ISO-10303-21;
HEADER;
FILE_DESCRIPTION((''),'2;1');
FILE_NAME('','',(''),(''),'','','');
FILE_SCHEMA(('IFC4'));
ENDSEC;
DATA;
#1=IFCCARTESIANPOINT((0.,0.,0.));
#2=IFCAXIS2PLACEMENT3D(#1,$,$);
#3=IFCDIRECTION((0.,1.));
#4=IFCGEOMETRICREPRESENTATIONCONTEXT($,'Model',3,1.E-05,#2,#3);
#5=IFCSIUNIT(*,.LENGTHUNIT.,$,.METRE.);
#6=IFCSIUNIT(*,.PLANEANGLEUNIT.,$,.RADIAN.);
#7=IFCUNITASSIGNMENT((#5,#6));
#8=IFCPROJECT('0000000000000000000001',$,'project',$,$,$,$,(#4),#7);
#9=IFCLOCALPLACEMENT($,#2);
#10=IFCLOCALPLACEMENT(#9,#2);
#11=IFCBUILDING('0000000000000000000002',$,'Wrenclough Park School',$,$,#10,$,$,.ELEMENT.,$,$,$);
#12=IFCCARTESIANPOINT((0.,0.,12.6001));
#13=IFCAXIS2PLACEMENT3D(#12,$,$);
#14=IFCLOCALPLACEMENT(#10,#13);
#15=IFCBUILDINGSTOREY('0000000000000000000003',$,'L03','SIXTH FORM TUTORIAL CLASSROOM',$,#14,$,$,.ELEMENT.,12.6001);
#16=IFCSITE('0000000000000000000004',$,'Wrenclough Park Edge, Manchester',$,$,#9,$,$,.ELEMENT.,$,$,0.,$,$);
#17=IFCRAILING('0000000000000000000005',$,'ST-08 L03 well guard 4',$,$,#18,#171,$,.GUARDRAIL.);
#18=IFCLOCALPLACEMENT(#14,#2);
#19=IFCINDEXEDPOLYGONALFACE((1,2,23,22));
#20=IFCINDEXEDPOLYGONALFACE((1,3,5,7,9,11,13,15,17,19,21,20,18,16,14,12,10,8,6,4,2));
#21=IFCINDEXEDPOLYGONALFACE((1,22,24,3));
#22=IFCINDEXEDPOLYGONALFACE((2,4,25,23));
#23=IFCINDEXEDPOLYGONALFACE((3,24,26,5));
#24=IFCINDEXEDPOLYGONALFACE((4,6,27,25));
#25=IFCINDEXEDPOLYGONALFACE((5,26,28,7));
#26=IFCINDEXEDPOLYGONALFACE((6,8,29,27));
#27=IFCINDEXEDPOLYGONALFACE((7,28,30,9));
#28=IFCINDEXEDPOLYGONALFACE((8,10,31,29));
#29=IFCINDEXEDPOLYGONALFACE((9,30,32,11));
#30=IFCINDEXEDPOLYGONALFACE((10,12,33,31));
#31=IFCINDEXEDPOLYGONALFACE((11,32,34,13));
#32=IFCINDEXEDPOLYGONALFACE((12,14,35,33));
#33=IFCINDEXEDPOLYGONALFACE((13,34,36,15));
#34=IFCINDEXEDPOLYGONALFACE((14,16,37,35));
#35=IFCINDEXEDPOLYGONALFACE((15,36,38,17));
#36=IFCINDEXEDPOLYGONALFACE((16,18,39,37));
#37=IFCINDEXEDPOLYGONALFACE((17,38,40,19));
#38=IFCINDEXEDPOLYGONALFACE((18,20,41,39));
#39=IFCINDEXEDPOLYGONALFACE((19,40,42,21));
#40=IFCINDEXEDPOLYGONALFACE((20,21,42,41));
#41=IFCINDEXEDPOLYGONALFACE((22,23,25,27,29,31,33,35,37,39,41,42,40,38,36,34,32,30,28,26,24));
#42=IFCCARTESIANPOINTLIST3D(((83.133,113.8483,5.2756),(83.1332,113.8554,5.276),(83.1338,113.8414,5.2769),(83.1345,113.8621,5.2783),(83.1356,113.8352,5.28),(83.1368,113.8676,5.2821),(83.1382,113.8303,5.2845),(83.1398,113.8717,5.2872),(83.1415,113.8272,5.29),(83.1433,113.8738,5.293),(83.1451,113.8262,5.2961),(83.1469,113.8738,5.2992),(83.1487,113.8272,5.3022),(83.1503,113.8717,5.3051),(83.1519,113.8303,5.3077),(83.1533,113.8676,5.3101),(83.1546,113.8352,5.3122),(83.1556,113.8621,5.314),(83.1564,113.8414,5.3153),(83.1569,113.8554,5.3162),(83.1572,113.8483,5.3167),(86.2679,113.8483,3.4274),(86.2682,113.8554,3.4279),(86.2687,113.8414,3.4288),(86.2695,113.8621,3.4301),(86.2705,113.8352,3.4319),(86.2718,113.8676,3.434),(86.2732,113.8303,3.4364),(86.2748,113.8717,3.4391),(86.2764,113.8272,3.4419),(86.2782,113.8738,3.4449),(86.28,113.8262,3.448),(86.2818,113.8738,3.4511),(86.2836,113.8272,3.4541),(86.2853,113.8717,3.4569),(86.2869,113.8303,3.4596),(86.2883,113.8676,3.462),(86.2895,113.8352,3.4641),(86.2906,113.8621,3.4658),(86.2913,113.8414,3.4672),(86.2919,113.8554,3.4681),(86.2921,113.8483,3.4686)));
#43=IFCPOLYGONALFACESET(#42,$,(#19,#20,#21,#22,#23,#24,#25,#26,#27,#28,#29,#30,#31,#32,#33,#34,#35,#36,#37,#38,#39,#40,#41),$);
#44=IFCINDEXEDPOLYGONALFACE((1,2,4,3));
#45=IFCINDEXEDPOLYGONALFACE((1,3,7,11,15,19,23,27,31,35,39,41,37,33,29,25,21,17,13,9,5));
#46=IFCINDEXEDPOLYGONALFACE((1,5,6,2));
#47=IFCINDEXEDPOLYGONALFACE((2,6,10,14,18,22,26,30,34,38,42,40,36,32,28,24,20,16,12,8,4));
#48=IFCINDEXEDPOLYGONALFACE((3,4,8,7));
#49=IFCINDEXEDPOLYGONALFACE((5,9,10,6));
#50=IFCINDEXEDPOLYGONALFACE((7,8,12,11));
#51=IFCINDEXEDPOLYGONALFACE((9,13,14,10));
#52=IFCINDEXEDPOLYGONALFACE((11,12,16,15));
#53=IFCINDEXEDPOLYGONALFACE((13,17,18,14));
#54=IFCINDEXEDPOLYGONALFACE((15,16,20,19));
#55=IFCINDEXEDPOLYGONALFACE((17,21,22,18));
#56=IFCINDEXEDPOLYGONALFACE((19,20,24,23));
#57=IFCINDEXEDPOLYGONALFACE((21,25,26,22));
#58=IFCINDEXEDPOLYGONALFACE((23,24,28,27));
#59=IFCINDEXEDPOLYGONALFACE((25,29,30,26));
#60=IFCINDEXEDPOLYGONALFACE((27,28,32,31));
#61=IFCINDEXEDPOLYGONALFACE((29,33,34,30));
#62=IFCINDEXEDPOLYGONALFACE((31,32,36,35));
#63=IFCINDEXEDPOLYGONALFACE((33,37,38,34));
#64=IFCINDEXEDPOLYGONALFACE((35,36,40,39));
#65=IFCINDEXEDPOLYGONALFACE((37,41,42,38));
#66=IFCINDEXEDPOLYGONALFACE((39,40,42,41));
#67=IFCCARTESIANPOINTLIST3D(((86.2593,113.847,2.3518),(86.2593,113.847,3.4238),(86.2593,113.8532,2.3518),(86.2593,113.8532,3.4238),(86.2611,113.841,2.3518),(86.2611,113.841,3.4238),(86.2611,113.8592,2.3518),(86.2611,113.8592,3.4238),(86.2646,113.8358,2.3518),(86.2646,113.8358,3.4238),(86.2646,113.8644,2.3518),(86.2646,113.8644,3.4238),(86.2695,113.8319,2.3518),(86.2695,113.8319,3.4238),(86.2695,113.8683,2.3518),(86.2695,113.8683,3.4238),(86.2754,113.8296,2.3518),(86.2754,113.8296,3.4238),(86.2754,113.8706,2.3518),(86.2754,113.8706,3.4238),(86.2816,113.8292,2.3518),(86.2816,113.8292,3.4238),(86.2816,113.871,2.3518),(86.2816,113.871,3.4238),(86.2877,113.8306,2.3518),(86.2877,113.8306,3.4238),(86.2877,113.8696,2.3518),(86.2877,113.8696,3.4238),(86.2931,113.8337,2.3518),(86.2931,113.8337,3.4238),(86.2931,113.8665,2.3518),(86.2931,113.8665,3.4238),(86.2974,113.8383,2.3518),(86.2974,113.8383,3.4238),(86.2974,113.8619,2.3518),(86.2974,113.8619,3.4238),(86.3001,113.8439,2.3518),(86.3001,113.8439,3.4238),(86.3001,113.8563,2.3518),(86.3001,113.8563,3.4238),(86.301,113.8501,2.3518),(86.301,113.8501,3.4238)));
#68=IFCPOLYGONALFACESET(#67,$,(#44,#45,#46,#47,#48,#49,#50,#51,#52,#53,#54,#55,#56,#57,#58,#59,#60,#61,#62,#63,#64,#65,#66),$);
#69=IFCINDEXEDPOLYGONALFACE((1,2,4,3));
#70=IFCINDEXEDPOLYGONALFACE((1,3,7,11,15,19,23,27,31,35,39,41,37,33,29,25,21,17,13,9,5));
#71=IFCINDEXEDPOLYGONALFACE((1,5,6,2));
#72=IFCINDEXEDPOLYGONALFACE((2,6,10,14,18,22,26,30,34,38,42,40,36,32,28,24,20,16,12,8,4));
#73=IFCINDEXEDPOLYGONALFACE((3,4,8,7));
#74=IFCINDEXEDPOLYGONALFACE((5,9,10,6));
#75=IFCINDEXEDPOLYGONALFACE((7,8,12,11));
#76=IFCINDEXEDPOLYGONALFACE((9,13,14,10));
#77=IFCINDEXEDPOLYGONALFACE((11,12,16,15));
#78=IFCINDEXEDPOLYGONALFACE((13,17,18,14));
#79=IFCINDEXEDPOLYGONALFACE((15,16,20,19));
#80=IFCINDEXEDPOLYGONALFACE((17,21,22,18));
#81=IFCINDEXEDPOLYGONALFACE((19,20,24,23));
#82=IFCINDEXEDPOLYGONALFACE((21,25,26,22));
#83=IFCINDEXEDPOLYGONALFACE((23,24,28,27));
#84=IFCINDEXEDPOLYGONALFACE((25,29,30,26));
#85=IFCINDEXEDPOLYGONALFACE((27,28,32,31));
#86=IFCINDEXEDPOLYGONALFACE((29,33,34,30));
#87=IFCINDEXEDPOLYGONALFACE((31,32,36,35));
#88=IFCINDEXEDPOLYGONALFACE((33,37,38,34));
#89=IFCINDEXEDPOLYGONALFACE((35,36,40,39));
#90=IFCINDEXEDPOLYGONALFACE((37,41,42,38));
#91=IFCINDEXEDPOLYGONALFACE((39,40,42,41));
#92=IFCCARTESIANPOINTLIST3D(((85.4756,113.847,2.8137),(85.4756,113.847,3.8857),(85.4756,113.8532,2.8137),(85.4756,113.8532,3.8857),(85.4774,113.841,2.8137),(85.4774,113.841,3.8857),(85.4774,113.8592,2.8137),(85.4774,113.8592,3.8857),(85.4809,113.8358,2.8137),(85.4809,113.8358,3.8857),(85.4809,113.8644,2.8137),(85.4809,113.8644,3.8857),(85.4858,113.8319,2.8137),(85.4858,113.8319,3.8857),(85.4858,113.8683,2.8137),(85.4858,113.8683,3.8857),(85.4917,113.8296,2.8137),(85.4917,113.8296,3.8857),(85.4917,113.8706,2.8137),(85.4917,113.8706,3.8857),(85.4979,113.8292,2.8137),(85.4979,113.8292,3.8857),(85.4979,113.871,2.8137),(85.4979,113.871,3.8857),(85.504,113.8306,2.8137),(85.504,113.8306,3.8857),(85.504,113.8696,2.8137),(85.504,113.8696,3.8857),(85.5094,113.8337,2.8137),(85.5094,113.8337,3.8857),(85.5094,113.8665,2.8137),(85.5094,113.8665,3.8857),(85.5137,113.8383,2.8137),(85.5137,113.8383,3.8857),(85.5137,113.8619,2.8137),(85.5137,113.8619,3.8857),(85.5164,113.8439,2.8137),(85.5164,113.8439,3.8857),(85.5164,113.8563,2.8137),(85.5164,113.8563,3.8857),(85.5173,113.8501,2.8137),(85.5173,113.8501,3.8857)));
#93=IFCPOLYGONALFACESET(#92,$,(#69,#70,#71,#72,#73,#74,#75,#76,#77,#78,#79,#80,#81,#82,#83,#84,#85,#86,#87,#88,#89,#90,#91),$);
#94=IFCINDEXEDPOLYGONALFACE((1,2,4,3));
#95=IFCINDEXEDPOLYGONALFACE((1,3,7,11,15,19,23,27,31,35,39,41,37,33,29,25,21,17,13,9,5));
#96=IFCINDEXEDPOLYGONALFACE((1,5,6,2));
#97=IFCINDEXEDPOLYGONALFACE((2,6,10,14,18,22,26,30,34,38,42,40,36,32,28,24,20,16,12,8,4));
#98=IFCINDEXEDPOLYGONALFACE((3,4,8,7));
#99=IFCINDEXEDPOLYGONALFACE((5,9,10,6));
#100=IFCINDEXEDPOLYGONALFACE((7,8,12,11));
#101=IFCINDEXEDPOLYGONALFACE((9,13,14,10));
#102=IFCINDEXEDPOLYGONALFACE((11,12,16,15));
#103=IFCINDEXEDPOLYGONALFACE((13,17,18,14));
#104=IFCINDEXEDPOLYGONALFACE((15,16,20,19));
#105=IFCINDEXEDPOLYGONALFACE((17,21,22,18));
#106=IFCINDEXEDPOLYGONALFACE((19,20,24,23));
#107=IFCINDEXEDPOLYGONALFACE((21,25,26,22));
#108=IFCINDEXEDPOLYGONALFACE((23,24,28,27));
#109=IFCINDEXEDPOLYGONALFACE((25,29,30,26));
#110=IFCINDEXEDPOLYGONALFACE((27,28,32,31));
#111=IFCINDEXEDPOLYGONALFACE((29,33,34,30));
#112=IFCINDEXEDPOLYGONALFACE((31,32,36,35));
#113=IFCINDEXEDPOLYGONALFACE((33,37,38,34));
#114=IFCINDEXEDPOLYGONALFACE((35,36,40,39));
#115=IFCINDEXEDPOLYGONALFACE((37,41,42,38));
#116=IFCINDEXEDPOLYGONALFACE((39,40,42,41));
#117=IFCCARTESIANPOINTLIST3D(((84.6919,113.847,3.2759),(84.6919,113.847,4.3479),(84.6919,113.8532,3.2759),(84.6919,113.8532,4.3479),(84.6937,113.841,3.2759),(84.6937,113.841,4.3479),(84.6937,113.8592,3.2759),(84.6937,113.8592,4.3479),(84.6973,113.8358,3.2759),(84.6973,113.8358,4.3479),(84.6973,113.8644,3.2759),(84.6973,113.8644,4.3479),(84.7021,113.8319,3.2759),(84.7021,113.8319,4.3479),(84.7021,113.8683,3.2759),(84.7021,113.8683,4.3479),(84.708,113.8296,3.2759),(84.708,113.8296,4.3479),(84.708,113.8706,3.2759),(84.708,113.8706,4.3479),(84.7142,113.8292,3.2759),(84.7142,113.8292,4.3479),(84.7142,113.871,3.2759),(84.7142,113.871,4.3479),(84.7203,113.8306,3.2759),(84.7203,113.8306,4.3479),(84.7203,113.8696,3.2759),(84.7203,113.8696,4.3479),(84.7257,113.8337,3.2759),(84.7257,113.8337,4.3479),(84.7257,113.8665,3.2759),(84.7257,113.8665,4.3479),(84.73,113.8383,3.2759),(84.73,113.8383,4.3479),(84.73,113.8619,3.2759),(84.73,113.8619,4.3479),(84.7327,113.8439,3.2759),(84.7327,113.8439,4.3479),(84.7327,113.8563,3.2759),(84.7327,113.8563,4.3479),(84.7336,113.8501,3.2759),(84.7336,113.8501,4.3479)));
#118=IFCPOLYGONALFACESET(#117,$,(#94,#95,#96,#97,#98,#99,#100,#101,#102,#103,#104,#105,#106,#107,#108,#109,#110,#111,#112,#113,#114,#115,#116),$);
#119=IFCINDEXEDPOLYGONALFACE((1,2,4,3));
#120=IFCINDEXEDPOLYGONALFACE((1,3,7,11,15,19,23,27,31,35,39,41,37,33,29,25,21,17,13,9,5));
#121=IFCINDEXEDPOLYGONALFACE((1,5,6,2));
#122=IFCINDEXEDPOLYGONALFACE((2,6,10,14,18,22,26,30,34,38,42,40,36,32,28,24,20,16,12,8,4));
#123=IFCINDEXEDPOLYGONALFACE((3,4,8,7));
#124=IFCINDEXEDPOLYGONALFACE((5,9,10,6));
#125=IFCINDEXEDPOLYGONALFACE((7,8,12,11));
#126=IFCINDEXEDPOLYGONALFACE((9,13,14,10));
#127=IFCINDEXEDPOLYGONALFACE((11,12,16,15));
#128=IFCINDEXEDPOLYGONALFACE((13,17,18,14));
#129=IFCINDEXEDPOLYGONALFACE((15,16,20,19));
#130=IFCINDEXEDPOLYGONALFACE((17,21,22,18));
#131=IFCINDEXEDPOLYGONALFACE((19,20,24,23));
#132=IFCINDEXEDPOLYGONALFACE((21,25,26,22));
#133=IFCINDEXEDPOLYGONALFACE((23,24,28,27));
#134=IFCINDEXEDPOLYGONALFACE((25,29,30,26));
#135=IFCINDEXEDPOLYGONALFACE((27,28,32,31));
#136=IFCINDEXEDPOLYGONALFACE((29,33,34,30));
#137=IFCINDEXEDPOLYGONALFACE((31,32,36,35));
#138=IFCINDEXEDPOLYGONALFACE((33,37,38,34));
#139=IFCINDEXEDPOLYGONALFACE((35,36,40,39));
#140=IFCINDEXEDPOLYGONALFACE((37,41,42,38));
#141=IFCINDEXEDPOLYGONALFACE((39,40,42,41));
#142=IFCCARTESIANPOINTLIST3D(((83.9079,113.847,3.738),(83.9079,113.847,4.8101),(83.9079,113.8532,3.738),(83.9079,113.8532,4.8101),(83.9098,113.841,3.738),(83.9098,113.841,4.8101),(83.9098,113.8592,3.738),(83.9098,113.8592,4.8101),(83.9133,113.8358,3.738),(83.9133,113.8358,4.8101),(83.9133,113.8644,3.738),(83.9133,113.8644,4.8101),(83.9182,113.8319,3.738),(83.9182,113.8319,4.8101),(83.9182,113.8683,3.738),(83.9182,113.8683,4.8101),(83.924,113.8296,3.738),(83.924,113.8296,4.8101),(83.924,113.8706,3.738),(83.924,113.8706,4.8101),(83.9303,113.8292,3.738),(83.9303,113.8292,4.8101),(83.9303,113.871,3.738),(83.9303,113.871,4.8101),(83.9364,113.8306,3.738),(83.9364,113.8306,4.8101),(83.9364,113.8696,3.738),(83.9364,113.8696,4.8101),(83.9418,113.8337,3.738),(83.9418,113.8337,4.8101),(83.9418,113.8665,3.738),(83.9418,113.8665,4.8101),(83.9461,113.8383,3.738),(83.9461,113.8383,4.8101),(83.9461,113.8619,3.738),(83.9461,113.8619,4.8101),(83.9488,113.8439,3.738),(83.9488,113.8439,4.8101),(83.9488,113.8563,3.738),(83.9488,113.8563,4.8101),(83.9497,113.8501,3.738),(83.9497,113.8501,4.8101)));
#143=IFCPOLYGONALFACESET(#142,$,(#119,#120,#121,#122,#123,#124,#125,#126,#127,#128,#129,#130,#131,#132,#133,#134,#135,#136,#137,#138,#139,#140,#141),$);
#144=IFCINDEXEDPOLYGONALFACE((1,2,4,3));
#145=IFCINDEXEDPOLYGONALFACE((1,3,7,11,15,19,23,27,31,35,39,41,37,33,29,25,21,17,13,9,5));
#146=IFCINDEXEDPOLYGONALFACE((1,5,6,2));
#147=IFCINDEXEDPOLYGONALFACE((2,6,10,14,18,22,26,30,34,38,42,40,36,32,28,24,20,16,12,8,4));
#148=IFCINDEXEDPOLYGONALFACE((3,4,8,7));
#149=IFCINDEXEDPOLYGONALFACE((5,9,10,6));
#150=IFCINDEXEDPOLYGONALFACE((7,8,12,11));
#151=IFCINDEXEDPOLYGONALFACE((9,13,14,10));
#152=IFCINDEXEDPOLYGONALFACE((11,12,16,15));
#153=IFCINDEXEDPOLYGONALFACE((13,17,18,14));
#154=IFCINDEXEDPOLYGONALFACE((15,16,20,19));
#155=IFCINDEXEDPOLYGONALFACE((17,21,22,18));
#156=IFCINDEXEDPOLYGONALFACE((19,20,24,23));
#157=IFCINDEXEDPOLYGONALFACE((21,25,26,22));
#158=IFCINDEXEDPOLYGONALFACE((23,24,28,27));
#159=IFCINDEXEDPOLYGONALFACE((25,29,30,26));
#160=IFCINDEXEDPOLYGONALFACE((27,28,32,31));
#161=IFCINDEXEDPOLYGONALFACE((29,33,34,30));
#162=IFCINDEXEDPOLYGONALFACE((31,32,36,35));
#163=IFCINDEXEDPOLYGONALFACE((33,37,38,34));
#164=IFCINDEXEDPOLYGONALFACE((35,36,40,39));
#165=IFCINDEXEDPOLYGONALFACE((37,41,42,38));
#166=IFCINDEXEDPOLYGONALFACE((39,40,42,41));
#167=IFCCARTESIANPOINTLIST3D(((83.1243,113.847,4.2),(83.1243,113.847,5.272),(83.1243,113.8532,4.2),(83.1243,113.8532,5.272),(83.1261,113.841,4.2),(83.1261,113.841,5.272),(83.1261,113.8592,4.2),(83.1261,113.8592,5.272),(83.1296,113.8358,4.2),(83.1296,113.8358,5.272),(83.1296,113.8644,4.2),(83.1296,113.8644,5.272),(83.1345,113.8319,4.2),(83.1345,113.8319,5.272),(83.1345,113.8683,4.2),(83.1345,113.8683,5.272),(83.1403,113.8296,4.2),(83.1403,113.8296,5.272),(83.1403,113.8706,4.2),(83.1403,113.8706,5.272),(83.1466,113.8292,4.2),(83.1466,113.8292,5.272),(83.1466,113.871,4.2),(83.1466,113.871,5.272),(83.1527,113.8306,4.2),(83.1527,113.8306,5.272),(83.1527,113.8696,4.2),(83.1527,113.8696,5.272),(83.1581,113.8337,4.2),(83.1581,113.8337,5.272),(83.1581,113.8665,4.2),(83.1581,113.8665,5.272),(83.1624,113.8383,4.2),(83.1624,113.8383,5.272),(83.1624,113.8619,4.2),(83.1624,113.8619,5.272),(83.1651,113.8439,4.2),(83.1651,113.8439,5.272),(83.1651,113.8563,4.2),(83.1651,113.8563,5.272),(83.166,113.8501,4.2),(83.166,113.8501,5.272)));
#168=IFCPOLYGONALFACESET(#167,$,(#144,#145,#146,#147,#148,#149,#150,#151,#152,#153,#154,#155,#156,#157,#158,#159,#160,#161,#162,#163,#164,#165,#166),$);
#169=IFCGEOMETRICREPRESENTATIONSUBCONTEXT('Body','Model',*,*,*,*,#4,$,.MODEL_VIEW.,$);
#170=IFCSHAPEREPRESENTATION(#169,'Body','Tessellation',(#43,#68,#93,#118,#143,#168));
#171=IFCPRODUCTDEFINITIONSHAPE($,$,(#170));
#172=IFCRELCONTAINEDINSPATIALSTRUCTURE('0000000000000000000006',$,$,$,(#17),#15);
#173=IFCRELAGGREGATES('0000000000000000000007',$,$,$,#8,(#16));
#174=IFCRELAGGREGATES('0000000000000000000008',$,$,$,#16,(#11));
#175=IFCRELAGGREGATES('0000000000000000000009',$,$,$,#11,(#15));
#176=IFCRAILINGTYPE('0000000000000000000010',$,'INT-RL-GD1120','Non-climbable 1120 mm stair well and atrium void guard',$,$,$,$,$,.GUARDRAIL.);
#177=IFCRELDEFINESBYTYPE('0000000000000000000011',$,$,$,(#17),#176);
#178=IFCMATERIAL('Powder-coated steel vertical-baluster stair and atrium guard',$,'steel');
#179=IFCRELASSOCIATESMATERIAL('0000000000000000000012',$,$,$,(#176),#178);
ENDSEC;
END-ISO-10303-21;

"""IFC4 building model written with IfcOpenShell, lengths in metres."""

from ifc_helpers import new_model, si_unit, direction, frame, origin, origin_2d, place, context, subcontext, project, spatial, circle, extrude, material, type_object, element, save


model = new_model("IFC4")

# Units and contexts
model_context = context("Model", 3, precision=1e-05, world=origin(), true_north=direction((0.0, 1.0)))
body_context = subcontext(model_context, "Body", "Model", "MODEL_VIEW")
ifc_project = project(units=[si_unit("LENGTHUNIT", "METRE"), si_unit("PLANEANGLEUNIT", "RADIAN")], contexts=[model_context])

# Site, building, storey
site_placement = place(None, origin())
site = spatial("IfcSite", under=ifc_project, at=site_placement, Name="Wrenclough Park Edge, Manchester", CompositionType="ELEMENT", RefElevation=0.0)
building_placement = place(site_placement, origin())
building = spatial("IfcBuilding", under=site, at=building_placement, Name="Wrenclough Park School", CompositionType="ELEMENT")
storey_placement = place(building_placement, frame((0.0, 0.0, 12.6001)))
storey = spatial("IfcBuildingStorey", under=building, at=storey_placement, Name="L03", Description="SIXTH FORM TUTORIAL CLASSROOM", CompositionType="ELEMENT", Elevation=12.6001)

# Railing
ifc_material_1 = material(Name="Powder-coated steel vertical-baluster stair and atrium guard", Category="steel")
railing_type_1 = type_object("IfcRailingType", Name="INT-RL-GD1120", Description="Non-climbable 1120 mm stair well and atrium void guard", PredefinedType="GUARDRAIL", material=ifc_material_1)
railing_1_placement = place(storey_placement, frame((86.28, 113.8501, 2.3518)))
element("IfcRailing", 1, at=railing_1_placement, inside=storey, type_object=railing_type_1, Name="ST-08 L03 well guard 4", PredefinedType="GUARDRAIL", context=body_context, shape_type="SweptSolid", body=[
    extrude(circle(Radius=0.0239, at=origin_2d()), frame((0.0, 0.0, 1.0962), z_axis=(-0.861451, 0.0, 0.507841), x_axis=(0.0, -1.0, 0.0)), (0.0, 0.0, 1.0), 3.6392),
    extrude(circle(Radius=0.021, at=origin_2d()), origin(), (0.0, 0.0, 1.0), 1.072),
    extrude(circle(Radius=0.021, at=origin_2d()), frame((-0.7837, 0.0, 0.4619)), (0.0, 0.0, 1.0), 1.072),
    extrude(circle(Radius=0.021, at=origin_2d()), frame((-1.5674, 0.0, 0.9241)), (0.0, 0.0, 1.0), 1.072),
    extrude(circle(Radius=0.021, at=origin_2d()), frame((-2.3513, 0.0, 1.3862)), (0.0, 0.0, 1.0), 1.072),
    extrude(circle(Radius=0.021, at=origin_2d()), frame((-3.135, 0.0, 1.8481)), (0.0, 0.0, 1.0), 1.072),
])

save(model, "model.ifc")
